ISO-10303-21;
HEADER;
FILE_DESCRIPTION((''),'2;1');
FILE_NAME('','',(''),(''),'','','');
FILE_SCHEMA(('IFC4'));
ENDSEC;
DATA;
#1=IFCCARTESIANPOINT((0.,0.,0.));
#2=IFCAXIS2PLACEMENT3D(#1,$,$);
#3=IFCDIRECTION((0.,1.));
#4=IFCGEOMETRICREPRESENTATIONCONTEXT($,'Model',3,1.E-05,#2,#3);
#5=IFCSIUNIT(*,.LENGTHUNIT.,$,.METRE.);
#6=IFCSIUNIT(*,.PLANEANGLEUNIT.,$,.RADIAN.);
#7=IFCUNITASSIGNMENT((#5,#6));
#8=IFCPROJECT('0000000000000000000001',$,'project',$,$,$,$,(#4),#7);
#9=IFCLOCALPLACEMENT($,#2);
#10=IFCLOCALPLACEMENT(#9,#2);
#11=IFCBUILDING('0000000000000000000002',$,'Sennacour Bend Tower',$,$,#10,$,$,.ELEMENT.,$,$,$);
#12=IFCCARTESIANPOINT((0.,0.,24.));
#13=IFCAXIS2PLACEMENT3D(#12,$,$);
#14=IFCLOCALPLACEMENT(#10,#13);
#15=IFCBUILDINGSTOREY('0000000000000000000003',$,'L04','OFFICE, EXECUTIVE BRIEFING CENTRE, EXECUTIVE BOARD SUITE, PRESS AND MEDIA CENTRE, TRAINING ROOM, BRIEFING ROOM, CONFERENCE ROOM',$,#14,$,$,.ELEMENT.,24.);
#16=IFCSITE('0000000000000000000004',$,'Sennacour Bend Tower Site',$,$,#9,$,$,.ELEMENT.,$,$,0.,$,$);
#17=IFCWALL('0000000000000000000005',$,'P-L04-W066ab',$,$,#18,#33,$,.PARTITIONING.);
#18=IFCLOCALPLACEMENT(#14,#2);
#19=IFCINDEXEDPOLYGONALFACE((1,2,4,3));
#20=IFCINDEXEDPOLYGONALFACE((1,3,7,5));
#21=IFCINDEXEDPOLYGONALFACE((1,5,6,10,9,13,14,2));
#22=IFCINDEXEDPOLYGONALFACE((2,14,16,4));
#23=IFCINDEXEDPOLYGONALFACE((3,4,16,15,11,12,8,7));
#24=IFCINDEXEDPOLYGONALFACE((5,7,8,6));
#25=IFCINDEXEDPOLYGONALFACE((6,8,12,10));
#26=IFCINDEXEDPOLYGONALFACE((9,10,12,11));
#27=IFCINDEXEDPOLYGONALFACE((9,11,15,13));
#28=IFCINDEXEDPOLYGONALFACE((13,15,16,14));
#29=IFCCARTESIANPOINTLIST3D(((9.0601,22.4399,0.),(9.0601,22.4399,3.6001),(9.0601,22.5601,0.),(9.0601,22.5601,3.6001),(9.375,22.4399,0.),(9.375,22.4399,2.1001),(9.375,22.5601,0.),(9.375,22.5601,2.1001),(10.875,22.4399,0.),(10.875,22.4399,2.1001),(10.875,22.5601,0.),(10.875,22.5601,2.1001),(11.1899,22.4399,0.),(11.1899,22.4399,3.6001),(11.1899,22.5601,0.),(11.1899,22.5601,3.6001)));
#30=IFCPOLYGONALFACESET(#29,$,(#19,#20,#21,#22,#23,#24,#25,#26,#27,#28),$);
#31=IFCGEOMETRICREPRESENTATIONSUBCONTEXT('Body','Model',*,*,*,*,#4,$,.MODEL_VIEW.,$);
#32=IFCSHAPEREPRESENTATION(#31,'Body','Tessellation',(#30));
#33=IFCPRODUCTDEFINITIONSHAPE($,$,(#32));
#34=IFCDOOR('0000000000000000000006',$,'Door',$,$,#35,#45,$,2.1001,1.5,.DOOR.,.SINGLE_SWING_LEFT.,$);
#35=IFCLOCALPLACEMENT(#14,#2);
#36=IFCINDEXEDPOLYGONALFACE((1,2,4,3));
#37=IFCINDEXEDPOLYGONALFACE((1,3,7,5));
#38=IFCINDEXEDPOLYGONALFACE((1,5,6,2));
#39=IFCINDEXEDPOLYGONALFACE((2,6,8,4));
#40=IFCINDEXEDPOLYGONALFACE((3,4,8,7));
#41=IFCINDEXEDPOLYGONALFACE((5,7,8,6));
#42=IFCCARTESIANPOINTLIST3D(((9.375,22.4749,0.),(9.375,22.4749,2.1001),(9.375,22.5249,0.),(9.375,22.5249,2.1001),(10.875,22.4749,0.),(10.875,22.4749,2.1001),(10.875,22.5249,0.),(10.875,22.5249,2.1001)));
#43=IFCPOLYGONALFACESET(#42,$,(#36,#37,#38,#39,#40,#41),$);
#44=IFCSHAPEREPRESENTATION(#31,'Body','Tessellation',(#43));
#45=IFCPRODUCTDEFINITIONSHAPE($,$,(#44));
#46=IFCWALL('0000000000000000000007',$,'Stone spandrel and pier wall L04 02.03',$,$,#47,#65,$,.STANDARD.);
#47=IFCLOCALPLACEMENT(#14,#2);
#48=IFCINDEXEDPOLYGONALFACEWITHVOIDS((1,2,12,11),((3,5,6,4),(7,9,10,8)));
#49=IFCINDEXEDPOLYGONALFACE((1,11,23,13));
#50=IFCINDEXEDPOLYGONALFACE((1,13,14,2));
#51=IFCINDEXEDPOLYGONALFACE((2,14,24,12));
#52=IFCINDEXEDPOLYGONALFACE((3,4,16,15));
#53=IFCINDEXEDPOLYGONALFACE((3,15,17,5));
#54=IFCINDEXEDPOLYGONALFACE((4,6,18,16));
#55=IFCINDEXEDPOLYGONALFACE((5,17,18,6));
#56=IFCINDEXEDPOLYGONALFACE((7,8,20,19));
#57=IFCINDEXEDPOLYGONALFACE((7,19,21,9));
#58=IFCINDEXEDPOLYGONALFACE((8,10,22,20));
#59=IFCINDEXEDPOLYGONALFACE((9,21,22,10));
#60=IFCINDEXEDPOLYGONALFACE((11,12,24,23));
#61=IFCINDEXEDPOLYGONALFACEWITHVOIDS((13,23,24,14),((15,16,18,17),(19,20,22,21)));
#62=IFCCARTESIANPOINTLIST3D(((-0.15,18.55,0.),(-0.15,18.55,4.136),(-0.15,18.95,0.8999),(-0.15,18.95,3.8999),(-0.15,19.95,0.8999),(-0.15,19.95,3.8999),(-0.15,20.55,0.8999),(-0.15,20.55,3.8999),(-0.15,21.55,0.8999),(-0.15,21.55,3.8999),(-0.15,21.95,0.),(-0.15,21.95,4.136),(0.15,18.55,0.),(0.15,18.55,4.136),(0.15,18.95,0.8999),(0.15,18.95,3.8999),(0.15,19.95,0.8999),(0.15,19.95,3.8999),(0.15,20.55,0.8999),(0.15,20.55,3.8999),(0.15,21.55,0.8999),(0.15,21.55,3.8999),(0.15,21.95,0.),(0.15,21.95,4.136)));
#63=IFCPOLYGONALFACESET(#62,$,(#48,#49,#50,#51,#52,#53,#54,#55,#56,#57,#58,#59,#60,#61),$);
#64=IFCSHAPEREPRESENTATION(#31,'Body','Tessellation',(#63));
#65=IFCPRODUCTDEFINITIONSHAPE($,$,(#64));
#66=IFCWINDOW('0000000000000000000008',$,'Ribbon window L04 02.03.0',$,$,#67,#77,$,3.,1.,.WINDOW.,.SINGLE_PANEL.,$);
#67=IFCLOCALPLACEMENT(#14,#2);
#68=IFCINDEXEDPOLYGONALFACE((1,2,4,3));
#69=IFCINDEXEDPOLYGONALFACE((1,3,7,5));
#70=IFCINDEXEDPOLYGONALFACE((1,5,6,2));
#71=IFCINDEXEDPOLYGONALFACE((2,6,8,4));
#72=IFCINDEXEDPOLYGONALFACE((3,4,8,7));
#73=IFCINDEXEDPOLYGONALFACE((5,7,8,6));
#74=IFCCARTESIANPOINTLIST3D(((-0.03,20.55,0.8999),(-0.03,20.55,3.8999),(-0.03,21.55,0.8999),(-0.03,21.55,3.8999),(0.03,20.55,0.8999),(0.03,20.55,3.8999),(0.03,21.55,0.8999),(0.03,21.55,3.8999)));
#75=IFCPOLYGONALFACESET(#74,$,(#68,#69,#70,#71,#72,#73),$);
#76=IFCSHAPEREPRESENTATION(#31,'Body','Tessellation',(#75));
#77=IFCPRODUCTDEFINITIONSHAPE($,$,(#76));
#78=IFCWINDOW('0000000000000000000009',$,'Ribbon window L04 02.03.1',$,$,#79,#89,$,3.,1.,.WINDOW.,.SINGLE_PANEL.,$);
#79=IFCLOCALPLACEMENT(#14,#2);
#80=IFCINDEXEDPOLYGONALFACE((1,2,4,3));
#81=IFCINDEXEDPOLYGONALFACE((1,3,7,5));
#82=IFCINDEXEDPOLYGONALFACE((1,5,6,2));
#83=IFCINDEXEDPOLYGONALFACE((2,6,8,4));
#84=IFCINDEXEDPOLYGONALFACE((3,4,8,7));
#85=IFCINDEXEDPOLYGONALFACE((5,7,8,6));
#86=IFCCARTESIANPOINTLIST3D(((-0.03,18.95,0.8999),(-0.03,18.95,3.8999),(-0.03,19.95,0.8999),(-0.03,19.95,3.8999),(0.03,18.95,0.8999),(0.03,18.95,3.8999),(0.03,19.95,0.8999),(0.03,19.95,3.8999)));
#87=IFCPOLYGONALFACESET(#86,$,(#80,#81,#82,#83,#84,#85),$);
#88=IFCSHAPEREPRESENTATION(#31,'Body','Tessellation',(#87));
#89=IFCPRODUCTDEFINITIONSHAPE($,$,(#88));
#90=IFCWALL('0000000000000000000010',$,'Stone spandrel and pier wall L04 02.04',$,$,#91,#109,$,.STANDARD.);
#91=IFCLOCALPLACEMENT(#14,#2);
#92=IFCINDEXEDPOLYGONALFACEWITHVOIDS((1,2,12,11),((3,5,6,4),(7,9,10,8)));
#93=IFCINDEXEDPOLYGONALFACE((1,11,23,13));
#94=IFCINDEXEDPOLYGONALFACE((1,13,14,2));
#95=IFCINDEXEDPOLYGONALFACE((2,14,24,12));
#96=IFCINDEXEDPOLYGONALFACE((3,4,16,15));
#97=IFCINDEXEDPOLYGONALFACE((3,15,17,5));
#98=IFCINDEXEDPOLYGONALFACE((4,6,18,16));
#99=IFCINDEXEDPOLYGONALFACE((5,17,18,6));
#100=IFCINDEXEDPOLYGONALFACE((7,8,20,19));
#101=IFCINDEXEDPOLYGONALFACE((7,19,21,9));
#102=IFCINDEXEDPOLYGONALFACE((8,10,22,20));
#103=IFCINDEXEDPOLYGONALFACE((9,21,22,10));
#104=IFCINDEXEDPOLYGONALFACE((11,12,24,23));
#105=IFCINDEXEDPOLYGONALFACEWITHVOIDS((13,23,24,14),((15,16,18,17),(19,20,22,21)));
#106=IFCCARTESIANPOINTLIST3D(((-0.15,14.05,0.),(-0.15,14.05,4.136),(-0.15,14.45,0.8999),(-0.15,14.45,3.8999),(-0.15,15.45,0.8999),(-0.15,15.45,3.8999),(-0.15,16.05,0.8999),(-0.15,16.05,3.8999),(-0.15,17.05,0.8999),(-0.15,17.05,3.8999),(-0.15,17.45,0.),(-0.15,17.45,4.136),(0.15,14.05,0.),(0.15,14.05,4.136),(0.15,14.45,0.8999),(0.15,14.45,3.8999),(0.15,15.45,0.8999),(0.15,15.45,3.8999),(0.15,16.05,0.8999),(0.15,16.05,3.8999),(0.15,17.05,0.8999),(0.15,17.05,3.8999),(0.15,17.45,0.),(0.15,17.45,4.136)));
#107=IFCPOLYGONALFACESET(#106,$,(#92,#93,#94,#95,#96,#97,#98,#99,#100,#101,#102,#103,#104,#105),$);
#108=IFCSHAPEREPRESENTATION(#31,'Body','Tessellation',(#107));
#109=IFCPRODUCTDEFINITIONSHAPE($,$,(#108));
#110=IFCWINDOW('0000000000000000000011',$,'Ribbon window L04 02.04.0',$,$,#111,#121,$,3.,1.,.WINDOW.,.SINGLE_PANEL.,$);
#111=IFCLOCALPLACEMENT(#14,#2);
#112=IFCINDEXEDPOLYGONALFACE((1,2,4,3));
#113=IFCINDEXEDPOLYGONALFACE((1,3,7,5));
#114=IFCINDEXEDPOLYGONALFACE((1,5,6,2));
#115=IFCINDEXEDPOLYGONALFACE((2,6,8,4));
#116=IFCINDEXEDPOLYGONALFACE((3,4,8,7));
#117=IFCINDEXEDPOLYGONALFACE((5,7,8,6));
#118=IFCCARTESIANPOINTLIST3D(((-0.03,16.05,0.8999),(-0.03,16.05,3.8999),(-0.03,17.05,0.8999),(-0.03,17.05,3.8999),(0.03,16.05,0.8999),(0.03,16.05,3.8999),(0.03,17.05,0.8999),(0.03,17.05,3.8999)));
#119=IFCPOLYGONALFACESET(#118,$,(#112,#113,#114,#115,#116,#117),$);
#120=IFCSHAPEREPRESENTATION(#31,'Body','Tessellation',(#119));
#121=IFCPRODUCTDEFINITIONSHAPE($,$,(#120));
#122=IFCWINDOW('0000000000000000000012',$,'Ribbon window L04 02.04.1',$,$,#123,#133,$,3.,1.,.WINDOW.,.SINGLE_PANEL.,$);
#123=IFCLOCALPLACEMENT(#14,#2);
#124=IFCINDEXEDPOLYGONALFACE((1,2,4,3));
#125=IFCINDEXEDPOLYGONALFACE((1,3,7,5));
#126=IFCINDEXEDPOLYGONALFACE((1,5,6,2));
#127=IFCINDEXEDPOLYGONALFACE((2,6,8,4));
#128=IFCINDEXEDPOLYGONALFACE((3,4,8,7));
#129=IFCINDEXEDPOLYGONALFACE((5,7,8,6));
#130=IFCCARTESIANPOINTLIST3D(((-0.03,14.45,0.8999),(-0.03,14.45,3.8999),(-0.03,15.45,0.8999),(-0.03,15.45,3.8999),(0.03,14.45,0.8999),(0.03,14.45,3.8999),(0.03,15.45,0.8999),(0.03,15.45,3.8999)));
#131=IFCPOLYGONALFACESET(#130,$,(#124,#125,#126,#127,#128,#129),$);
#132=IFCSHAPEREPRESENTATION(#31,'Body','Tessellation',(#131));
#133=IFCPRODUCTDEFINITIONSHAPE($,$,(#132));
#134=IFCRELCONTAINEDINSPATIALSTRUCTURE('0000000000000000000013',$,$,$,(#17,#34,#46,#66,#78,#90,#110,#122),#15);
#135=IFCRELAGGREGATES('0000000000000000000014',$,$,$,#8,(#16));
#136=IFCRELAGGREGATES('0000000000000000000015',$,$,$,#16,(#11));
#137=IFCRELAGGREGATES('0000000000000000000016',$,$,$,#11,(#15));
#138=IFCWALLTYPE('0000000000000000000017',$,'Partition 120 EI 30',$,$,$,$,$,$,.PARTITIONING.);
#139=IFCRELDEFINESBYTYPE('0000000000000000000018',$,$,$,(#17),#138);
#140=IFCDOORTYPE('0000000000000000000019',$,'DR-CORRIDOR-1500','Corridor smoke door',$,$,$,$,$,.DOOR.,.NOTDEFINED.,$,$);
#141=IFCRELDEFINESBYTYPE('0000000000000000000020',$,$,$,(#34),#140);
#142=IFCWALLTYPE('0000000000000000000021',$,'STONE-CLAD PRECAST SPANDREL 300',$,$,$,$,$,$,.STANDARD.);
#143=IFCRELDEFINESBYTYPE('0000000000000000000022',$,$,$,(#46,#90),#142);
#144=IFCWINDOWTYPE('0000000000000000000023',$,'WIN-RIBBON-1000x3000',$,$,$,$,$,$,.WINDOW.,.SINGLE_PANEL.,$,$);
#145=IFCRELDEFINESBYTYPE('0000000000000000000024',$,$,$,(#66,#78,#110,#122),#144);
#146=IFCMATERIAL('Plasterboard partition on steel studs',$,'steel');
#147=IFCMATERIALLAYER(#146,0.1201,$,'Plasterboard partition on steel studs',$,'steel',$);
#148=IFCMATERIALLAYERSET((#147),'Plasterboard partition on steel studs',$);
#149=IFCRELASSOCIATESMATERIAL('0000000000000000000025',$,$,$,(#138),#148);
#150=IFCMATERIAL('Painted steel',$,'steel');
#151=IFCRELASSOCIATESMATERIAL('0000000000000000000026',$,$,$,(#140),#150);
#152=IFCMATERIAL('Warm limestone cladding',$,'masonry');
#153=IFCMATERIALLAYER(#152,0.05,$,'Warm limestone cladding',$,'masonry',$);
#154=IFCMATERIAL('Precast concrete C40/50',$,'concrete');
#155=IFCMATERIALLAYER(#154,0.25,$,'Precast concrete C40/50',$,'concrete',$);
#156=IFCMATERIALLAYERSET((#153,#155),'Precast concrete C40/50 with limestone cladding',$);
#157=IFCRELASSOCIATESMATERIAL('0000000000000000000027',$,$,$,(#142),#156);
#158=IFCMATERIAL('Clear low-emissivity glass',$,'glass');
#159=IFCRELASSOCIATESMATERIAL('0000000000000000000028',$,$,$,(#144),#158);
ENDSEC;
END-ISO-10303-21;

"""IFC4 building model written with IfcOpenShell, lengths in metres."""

from ifc_helpers import new_model, si_unit, direction, frame, frame_2d, origin, place, context, subcontext, project, spatial, rectangle, extrude, material, layer, layer_set, type_object, element, fill, save


model = new_model("IFC4")

# Units and contexts
model_context = context("Model", 3, precision=1e-05, world=origin(), true_north=direction((0.0, 1.0)))
body_context = subcontext(model_context, "Body", "Model", "MODEL_VIEW")
ifc_project = project(units=[si_unit("LENGTHUNIT", "METRE"), si_unit("PLANEANGLEUNIT", "RADIAN")], contexts=[model_context])

# Site, building, storey
site_placement = place(None, origin())
site = spatial("IfcSite", under=ifc_project, at=site_placement, Name="Sennacour Bend Tower Site", CompositionType="ELEMENT", RefElevation=0.0)
building_placement = place(site_placement, origin())
building = spatial("IfcBuilding", under=site, at=building_placement, Name="Sennacour Bend Tower", CompositionType="ELEMENT")
storey_placement = place(building_placement, frame((0.0, 0.0, 24.0)))
storey = spatial("IfcBuildingStorey", under=building, at=storey_placement, Name="L04", Description="OFFICE, EXECUTIVE BRIEFING CENTRE, EXECUTIVE BOARD SUITE, PRESS AND MEDIA CENTRE, TRAINING ROOM, BRIEFING ROOM, CONFERENCE ROOM", CompositionType="ELEMENT", Elevation=24.0)

# Shared definitions
ifc_material_1 = material(Name="Plasterboard partition on steel studs", Category="steel")

# Wall, opening, door
ifc_layer_1 = layer(ifc_material_1, 0.1201, Name="Plasterboard partition on steel studs", Category="steel")
ifc_layer_set_1 = layer_set([ifc_layer_1], Name="Plasterboard partition on steel studs")
wall_type_1 = type_object("IfcWallType", Name="Partition 120 EI 30", PredefinedType="PARTITIONING", material=ifc_layer_set_1)
wall_1_placement = place(storey_placement, frame((9.0601, 22.5, 0.0), z_axis=(0.0, 0.0, 1.0), x_axis=(1.0, 0.0, 0.0)))
wall_1 = element("IfcWall", 1, at=wall_1_placement, inside=storey, type_object=wall_type_1, Name="P-L04-W066ab", PredefinedType="PARTITIONING", context=body_context, shape_type="SweptSolid", body=[
    extrude(rectangle(XDim=2.1299, YDim=0.1201, at=frame_2d((1.0649, 0.0))), origin(), (0.0, 0.0, 1.0), 3.6001),
])
opening_1_placement = place(wall_1_placement, frame((0.3149, 0.0, 0.0)))
opening_1 = element("IfcOpeningElement", 2, at=opening_1_placement, cuts=wall_1, PredefinedType="OPENING", context=body_context, shape_type="SweptSolid", body=[
    extrude(rectangle(XDim=1.5, YDim=2.1001, at=frame_2d((0.75, 1.05))), frame((0.0, 0.0701, 0.0), z_axis=(0.0, -1.0, 0.0), x_axis=(1.0, 0.0, 0.0)), (0.0, 0.0, 1.0), 0.1401),
])
ifc_material_2 = material(Name="Painted steel", Category="steel")
door_type = type_object("IfcDoorType", Name="DR-CORRIDOR-1500", Description="Corridor smoke door", OperationType="NOTDEFINED", PredefinedType="DOOR", material=ifc_material_2)
door_placement = place(opening_1_placement, origin())
door = element("IfcDoor", 3, at=door_placement, inside=storey, type_object=door_type, Name="Door", OperationType="SINGLE_SWING_LEFT", OverallHeight=2.1001, OverallWidth=1.5, PredefinedType="DOOR", context=body_context, shape_type="SweptSolid", body=[
    extrude(rectangle(XDim=1.5, YDim=2.1001, at=frame_2d((0.75, 1.05))), frame((0.0, 0.0249, 0.0), z_axis=(0.0, -1.0, 0.0), x_axis=(1.0, 0.0, 0.0)), (0.0, 0.0, 1.0), 0.05),
])
fill(opening_1, door)

# Walls, openings, windows
ifc_material_3 = material(Name="Warm limestone cladding", Category="masonry")
ifc_layer_2 = layer(ifc_material_3, 0.05, Name="Warm limestone cladding", Category="masonry")
ifc_material_4 = material(Name="Precast concrete C40/50", Category="concrete")
ifc_layer_3 = layer(ifc_material_4, 0.25, Name="Precast concrete C40/50", Category="concrete")
ifc_layer_set_2 = layer_set([ifc_layer_2, ifc_layer_3], Name="Precast concrete C40/50 with limestone cladding")
wall_type_2 = type_object("IfcWallType", Name="STONE-CLAD PRECAST SPANDREL 300", PredefinedType="STANDARD", material=ifc_layer_set_2)
wall_2_placement = place(storey_placement, frame((0.0, 21.95, 0.0), z_axis=(0.0, 0.0, 1.0), x_axis=(0.0, -1.0, 0.0)))
wall_2 = element("IfcWall", 4, at=wall_2_placement, inside=storey, type_object=wall_type_2, Name="Stone spandrel and pier wall L04 02.03", PredefinedType="STANDARD", context=body_context, shape_type="SweptSolid", body=[
    extrude(rectangle(XDim=3.3999, YDim=0.3, at=frame_2d((1.7, 0.0))), origin(), (0.0, 0.0, 1.0), 4.136),
])
opening_2_placement = place(wall_2_placement, frame((0.3999, 0.0, 0.8999)))
opening_2 = element("IfcOpeningElement", 5, at=opening_2_placement, cuts=wall_2, PredefinedType="OPENING", context=body_context, shape_type="SweptSolid", body=[
    extrude(rectangle(XDim=1.0, YDim=3.0, at=frame_2d((0.5, 1.5))), frame((0.0, 0.1602, 0.0), z_axis=(0.0, -1.0, 0.0), x_axis=(1.0, 0.0, 0.0)), (0.0, 0.0, 1.0), 0.3201),
])
opening_3_placement = place(wall_2_placement, frame((2.0, 0.0, 0.8999)))
opening_3 = element("IfcOpeningElement", 6, at=opening_3_placement, cuts=wall_2, PredefinedType="OPENING", context=body_context, shape_type="SweptSolid", body=[
    extrude(rectangle(XDim=1.0, YDim=3.0, at=frame_2d((0.5, 1.5))), frame((0.0, 0.1602, 0.0), z_axis=(0.0, -1.0, 0.0), x_axis=(1.0, 0.0, 0.0)), (0.0, 0.0, 1.0), 0.3201),
])
ifc_material_5 = material(Name="Clear low-emissivity glass", Category="glass")
window_type = type_object("IfcWindowType", Name="WIN-RIBBON-1000x3000", PartitioningType="SINGLE_PANEL", PredefinedType="WINDOW", material=ifc_material_5)
window_1_placement = place(opening_2_placement, origin())
window_1 = element("IfcWindow", 7, at=window_1_placement, inside=storey, type_object=window_type, Name="Ribbon window L04 02.03.0", OverallHeight=3.0, OverallWidth=1.0, PartitioningType="SINGLE_PANEL", PredefinedType="WINDOW", context=body_context, shape_type="SweptSolid", body=[
    extrude(rectangle(XDim=1.0, YDim=3.0, at=frame_2d((0.5, 1.5))), frame((0.0, 0.03, 0.0), z_axis=(0.0, -1.0, 0.0), x_axis=(1.0, 0.0, 0.0)), (0.0, 0.0, 1.0), 0.0601),
])
fill(opening_2, window_1)
window_2_placement = place(opening_3_placement, origin())
window_2 = element("IfcWindow", 8, at=window_2_placement, inside=storey, type_object=window_type, Name="Ribbon window L04 02.03.1", OverallHeight=3.0, OverallWidth=1.0, PartitioningType="SINGLE_PANEL", PredefinedType="WINDOW", context=body_context, shape_type="SweptSolid", body=[
    extrude(rectangle(XDim=1.0, YDim=3.0, at=frame_2d((0.5, 1.5))), frame((0.0, 0.03, 0.0), z_axis=(0.0, -1.0, 0.0), x_axis=(1.0, 0.0, 0.0)), (0.0, 0.0, 1.0), 0.0601),
])
fill(opening_3, window_2)
wall_3_placement = place(storey_placement, frame((0.0, 17.45, 0.0), z_axis=(0.0, 0.0, 1.0), x_axis=(0.0, -1.0, 0.0)))
wall_3 = element("IfcWall", 9, at=wall_3_placement, inside=storey, type_object=wall_type_2, Name="Stone spandrel and pier wall L04 02.04", PredefinedType="STANDARD", context=body_context, shape_type="SweptSolid", body=[
    extrude(rectangle(XDim=3.3999, YDim=0.3, at=frame_2d((1.7, 0.0))), origin(), (0.0, 0.0, 1.0), 4.136),
])
opening_4_placement = place(wall_3_placement, frame((0.3999, 0.0, 0.8999)))
opening_4 = element("IfcOpeningElement", 10, at=opening_4_placement, cuts=wall_3, PredefinedType="OPENING", context=body_context, shape_type="SweptSolid", body=[
    extrude(rectangle(XDim=1.0, YDim=3.0, at=frame_2d((0.5, 1.5))), frame((0.0, 0.1602, 0.0), z_axis=(0.0, -1.0, 0.0), x_axis=(1.0, 0.0, 0.0)), (0.0, 0.0, 1.0), 0.3201),
])
opening_5_placement = place(wall_3_placement, frame((2.0, 0.0, 0.8999)))
opening_5 = element("IfcOpeningElement", 11, at=opening_5_placement, cuts=wall_3, PredefinedType="OPENING", context=body_context, shape_type="SweptSolid", body=[
    extrude(rectangle(XDim=1.0, YDim=3.0, at=frame_2d((0.5, 1.5))), frame((0.0, 0.1602, 0.0), z_axis=(0.0, -1.0, 0.0), x_axis=(1.0, 0.0, 0.0)), (0.0, 0.0, 1.0), 0.3201),
])
window_3_placement = place(opening_4_placement, origin())
window_3 = element("IfcWindow", 12, at=window_3_placement, inside=storey, type_object=window_type, Name="Ribbon window L04 02.04.0", OverallHeight=3.0, OverallWidth=1.0, PartitioningType="SINGLE_PANEL", PredefinedType="WINDOW", context=body_context, shape_type="SweptSolid", body=[
    extrude(rectangle(XDim=1.0, YDim=3.0, at=frame_2d((0.5, 1.5))), frame((0.0, 0.03, 0.0), z_axis=(0.0, -1.0, 0.0), x_axis=(1.0, 0.0, 0.0)), (0.0, 0.0, 1.0), 0.0601),
])
fill(opening_4, window_3)
window_4_placement = place(opening_5_placement, origin())
window_4 = element("IfcWindow", 13, at=window_4_placement, inside=storey, type_object=window_type, Name="Ribbon window L04 02.04.1", OverallHeight=3.0, OverallWidth=1.0, PartitioningType="SINGLE_PANEL", PredefinedType="WINDOW", context=body_context, shape_type="SweptSolid", body=[
    extrude(rectangle(XDim=1.0, YDim=3.0, at=frame_2d((0.5, 1.5))), frame((0.0, 0.03, 0.0), z_axis=(0.0, -1.0, 0.0), x_axis=(1.0, 0.0, 0.0)), (0.0, 0.0, 1.0), 0.0601),
])
fill(opening_5, window_4)

save(model, "model.ifc")
